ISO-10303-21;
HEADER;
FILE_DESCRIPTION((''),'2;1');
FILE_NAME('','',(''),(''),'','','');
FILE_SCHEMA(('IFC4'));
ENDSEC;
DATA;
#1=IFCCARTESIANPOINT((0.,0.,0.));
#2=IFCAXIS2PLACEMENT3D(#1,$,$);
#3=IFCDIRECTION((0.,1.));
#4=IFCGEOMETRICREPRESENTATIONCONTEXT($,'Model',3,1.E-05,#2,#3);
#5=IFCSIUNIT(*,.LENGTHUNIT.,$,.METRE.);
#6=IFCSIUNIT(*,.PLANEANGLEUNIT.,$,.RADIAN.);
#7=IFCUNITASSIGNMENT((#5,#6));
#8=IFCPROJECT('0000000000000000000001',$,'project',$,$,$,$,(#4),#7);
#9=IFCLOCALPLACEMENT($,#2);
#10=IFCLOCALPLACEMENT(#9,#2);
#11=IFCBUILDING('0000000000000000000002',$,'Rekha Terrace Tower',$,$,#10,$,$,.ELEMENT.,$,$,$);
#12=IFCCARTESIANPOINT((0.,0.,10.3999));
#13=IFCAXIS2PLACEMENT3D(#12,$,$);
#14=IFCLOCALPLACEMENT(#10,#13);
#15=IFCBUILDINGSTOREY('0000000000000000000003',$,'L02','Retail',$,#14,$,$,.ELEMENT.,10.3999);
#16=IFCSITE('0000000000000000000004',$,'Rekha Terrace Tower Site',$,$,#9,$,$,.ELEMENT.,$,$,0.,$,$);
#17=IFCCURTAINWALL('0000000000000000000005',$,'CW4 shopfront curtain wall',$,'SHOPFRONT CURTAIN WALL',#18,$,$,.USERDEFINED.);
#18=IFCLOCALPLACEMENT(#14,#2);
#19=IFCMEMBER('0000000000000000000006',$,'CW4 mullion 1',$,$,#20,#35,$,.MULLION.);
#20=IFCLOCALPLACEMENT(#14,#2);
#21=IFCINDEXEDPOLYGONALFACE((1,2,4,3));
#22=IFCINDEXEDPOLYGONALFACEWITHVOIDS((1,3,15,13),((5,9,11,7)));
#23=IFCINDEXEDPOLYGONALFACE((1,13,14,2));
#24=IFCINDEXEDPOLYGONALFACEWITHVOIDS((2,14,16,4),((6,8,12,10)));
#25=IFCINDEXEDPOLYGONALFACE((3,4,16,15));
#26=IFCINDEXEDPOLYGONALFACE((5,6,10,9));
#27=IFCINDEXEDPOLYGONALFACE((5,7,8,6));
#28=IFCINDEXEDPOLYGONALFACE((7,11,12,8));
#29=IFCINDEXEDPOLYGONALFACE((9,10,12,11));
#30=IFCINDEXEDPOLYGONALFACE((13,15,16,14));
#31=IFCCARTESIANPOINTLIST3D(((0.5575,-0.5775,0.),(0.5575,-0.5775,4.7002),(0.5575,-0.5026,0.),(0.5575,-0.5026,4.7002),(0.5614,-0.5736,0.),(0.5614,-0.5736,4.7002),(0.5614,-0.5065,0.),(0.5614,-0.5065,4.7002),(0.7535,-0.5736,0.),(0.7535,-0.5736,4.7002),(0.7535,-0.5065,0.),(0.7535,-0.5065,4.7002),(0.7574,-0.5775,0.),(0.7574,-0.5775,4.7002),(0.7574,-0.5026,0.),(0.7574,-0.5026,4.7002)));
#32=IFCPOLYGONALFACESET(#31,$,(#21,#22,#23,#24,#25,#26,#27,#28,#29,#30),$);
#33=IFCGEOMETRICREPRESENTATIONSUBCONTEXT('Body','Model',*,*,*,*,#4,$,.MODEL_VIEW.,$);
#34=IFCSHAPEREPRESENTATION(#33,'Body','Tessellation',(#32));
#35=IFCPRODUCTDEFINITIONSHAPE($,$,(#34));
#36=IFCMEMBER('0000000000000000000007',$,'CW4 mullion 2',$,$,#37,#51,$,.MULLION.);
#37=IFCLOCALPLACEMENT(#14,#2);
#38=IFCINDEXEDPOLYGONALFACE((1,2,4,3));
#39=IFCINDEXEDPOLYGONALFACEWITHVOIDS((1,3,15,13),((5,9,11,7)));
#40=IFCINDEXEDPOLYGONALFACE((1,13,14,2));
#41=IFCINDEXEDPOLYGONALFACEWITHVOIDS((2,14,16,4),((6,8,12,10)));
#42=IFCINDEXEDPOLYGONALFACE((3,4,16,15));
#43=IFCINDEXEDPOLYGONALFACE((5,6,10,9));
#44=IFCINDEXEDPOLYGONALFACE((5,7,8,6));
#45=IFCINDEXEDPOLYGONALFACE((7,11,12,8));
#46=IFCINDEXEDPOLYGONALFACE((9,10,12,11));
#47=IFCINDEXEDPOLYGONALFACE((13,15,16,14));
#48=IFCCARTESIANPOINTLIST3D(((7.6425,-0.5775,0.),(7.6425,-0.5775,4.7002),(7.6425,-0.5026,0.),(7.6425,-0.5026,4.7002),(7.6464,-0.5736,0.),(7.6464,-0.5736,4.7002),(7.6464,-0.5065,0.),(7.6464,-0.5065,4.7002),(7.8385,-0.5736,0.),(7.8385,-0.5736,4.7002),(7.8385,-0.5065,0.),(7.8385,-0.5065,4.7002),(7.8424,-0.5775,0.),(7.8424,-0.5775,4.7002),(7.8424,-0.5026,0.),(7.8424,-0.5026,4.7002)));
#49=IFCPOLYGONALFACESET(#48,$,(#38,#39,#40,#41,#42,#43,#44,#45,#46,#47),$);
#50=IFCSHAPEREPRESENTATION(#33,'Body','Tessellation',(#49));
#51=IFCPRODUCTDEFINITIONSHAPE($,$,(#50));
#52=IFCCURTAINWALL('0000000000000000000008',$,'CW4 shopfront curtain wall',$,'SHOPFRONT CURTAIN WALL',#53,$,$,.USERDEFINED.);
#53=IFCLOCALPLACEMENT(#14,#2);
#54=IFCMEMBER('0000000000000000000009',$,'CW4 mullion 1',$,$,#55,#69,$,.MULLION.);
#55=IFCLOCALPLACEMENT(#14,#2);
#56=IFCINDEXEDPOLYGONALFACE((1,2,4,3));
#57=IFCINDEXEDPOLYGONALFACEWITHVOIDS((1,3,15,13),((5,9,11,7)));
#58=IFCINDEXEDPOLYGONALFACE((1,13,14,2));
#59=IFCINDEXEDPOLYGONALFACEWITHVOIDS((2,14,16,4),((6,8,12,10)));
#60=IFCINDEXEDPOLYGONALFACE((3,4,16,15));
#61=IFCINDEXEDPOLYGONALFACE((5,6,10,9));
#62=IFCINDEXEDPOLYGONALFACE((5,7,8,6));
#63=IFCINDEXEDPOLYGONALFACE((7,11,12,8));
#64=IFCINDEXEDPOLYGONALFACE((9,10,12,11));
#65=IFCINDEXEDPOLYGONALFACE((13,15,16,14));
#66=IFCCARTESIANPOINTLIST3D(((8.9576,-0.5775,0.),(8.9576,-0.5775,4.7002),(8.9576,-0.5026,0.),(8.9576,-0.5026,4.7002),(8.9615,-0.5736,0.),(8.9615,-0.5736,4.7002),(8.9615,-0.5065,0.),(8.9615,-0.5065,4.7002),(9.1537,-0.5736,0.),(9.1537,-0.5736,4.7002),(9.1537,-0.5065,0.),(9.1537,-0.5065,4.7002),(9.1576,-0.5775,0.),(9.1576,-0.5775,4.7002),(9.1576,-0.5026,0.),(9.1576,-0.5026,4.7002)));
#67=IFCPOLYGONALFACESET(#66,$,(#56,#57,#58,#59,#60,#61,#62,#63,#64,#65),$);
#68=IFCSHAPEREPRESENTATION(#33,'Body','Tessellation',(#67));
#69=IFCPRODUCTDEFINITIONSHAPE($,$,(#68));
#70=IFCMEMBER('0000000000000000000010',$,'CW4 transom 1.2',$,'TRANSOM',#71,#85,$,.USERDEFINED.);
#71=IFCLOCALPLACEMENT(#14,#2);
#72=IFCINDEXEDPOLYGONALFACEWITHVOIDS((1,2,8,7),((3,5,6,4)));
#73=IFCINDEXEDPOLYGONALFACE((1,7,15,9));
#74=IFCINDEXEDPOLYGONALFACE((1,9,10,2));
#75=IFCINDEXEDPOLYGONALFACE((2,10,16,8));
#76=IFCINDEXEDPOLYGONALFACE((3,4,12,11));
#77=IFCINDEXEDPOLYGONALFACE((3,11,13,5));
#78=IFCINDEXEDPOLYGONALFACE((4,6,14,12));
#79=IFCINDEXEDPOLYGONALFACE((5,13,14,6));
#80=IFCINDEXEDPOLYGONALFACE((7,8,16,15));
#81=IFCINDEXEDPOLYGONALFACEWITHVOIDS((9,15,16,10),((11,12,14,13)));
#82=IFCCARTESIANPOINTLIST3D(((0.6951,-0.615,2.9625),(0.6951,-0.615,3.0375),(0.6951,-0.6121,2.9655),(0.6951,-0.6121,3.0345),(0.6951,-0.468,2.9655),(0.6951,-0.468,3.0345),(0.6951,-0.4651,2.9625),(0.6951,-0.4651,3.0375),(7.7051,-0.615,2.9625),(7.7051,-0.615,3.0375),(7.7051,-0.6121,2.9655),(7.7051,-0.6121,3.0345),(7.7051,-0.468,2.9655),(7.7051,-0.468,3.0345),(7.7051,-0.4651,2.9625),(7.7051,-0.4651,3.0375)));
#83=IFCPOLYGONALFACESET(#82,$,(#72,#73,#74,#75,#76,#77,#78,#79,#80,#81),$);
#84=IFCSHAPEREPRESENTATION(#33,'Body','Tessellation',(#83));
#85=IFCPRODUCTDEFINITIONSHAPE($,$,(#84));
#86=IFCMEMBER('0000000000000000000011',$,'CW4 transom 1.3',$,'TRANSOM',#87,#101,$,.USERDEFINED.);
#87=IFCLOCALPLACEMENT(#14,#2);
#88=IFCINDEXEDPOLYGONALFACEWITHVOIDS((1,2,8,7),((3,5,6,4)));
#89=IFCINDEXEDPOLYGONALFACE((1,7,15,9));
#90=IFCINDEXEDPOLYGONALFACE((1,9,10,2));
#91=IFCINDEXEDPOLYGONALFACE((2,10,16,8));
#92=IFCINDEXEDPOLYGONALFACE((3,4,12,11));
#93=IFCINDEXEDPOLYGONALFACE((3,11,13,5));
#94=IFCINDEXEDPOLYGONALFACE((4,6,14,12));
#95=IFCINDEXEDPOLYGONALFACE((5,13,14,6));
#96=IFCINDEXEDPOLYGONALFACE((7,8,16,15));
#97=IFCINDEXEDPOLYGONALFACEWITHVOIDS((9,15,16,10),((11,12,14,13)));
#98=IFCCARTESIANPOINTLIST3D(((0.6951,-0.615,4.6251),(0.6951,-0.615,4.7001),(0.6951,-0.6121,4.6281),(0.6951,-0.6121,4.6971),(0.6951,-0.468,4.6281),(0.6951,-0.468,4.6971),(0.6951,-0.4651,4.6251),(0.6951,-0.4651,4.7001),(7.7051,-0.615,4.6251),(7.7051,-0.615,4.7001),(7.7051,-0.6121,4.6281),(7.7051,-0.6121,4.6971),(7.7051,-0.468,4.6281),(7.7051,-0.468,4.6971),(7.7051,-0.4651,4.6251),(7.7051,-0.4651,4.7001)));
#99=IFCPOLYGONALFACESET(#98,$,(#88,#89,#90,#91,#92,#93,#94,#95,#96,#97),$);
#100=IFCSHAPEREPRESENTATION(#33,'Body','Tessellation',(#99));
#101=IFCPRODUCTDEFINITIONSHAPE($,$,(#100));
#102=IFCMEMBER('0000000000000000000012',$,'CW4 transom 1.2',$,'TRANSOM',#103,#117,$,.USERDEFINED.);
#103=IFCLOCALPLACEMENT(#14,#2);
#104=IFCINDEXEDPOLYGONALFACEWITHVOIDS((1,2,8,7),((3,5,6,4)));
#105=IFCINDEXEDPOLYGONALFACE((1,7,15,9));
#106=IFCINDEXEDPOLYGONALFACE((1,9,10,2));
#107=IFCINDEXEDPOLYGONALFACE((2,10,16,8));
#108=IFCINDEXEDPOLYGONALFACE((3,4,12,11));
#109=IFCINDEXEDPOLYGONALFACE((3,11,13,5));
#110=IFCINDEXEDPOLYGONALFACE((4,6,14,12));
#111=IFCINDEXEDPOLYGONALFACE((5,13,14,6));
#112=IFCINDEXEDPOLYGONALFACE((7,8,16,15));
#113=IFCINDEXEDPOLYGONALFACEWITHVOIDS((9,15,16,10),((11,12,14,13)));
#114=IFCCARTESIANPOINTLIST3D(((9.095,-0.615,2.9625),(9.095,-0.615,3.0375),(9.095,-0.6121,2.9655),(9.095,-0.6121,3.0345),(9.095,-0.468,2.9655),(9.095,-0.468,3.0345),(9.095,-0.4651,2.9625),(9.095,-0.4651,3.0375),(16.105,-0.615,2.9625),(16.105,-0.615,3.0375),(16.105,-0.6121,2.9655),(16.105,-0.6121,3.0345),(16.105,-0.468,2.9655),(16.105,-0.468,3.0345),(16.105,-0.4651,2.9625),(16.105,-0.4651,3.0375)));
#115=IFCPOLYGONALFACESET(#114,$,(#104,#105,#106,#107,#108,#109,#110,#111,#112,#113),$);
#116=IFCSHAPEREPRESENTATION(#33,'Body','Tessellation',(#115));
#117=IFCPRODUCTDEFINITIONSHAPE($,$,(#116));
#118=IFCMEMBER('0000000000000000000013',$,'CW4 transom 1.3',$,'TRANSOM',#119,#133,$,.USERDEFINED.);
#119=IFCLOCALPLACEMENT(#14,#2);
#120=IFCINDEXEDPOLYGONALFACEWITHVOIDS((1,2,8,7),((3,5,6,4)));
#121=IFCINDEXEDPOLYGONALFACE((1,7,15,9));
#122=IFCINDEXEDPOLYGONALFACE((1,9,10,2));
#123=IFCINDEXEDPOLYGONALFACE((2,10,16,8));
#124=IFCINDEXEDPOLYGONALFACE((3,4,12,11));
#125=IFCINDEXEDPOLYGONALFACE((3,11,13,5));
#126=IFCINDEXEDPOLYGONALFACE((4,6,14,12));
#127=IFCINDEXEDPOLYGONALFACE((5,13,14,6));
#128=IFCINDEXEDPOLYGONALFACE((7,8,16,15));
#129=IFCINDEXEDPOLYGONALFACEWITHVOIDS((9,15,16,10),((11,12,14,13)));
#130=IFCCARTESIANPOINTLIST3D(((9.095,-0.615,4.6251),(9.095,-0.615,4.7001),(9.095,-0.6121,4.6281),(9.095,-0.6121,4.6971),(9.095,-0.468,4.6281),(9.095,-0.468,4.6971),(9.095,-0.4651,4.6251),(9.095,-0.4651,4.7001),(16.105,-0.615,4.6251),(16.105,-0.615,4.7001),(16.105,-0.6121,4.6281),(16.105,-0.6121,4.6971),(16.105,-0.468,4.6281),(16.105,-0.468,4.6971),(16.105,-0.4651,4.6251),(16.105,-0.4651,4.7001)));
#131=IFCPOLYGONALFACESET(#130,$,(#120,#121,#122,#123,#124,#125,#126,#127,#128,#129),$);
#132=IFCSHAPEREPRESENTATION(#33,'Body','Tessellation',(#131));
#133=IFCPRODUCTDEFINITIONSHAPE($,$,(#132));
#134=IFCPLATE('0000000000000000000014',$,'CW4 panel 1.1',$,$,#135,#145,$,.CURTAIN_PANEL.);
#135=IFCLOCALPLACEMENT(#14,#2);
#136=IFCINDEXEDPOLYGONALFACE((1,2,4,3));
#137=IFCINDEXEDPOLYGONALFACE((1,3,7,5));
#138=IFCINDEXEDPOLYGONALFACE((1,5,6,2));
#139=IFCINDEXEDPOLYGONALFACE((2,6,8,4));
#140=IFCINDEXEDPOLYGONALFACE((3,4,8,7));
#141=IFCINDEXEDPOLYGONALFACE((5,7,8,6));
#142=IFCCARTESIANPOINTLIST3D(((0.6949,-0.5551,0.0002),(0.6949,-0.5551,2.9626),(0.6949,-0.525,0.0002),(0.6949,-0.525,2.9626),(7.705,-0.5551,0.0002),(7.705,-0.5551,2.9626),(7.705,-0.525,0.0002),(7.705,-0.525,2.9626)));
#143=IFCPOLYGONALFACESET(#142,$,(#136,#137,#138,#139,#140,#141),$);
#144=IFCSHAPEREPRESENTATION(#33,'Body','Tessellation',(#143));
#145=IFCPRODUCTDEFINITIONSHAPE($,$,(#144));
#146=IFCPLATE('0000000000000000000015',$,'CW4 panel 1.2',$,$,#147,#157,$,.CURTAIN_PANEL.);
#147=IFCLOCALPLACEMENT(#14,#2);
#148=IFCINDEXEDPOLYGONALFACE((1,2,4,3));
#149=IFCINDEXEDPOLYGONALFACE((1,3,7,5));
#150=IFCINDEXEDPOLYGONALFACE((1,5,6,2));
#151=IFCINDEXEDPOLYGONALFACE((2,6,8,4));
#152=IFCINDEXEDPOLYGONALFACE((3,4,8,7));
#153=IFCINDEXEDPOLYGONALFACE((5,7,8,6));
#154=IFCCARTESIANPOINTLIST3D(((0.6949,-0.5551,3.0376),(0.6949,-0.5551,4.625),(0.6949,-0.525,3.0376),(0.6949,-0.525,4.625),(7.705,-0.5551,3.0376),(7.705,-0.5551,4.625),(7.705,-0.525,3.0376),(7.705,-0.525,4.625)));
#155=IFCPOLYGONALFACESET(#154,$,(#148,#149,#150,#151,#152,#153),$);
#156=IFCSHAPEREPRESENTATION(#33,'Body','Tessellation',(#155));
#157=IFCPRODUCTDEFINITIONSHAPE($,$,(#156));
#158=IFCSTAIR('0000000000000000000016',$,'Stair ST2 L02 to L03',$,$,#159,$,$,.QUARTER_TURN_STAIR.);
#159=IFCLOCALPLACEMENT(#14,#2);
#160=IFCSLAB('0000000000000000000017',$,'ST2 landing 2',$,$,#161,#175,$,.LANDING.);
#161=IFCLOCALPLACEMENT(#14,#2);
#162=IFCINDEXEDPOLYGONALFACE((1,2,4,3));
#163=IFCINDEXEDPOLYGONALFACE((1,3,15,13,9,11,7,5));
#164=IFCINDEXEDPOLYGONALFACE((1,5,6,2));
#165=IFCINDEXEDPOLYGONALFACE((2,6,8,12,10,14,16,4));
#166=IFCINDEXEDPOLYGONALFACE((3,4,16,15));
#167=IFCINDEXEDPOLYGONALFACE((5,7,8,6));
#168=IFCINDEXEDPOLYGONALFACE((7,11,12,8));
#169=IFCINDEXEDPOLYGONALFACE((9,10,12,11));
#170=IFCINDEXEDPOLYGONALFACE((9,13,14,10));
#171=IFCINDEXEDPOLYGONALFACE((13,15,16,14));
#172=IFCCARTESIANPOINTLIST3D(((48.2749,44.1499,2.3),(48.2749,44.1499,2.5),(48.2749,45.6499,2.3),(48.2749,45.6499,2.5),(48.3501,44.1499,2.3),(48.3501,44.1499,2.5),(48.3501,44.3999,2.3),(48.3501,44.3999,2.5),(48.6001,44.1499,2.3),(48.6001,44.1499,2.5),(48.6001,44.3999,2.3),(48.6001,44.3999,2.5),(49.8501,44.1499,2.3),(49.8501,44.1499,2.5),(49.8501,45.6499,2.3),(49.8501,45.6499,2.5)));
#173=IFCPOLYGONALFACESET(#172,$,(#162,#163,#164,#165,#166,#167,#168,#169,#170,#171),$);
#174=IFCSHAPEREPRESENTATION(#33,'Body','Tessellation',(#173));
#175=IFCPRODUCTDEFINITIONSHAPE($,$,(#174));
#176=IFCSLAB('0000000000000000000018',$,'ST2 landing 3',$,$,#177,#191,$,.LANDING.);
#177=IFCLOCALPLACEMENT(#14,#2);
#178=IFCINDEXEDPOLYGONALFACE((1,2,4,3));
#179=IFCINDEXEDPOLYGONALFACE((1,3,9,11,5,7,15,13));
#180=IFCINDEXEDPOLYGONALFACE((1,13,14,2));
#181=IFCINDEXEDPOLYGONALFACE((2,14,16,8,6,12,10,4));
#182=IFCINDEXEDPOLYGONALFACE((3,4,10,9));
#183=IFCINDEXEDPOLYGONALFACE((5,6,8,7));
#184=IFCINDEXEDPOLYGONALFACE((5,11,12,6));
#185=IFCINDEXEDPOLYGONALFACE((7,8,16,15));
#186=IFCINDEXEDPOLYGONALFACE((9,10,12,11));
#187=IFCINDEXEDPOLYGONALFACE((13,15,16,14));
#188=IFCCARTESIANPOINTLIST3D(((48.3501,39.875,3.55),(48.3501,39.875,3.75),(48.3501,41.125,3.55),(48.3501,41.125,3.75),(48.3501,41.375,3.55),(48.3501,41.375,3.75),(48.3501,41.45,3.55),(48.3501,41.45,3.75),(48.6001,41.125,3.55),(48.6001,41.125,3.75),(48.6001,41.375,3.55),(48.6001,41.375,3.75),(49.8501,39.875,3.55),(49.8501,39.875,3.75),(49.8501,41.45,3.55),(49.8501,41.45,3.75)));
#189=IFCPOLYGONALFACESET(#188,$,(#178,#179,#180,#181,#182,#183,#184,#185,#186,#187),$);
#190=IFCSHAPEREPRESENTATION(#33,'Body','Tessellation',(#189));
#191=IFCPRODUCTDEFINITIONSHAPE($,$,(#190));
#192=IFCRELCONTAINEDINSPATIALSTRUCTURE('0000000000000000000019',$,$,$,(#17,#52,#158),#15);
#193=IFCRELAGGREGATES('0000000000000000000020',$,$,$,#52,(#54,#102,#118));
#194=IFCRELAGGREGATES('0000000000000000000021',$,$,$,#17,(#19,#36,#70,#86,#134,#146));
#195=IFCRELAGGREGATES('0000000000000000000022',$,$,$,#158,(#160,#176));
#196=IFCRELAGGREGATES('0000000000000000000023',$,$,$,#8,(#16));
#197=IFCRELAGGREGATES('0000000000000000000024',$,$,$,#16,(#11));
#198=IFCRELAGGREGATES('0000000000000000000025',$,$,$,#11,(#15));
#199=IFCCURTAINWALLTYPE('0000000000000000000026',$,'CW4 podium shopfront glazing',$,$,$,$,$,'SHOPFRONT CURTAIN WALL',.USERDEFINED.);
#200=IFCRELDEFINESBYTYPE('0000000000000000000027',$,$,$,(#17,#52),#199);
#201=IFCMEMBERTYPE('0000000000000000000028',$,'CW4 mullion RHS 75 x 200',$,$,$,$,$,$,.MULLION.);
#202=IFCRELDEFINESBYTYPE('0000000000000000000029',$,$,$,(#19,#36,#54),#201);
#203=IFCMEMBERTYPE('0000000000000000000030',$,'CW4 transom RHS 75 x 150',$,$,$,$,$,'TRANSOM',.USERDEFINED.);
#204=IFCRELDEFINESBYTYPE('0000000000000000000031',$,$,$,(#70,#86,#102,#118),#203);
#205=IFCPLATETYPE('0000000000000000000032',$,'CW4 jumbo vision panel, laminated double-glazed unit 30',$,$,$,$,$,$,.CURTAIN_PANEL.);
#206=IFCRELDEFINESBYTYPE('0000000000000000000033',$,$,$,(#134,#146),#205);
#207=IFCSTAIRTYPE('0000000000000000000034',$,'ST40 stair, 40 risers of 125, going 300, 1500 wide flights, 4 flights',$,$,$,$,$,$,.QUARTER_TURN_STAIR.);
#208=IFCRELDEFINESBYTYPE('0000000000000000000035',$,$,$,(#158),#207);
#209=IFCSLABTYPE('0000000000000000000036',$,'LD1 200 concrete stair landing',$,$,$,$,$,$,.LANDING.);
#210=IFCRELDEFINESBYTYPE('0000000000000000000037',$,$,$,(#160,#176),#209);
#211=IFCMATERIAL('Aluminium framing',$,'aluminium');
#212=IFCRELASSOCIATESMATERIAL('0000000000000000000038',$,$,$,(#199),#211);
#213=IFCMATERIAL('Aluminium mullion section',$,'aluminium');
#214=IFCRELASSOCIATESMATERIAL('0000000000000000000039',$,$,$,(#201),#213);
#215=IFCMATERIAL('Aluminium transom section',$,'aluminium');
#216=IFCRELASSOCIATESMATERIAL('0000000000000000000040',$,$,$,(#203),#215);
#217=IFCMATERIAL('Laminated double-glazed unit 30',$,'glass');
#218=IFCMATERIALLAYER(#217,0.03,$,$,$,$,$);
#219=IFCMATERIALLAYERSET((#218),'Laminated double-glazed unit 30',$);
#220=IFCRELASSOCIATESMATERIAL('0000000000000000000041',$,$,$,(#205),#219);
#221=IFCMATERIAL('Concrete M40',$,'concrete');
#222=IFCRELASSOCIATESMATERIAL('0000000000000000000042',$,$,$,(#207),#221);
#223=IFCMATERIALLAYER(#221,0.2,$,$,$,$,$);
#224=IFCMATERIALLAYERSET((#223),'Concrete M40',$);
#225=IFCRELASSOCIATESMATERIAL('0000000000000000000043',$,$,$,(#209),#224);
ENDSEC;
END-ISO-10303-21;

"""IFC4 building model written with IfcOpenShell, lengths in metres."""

from ifc_helpers import new_model, si_unit, direction, frame, origin, origin_2d, place, context, subcontext, project, spatial, polyline, rectangle, hollow_rectangle, outline, extrude, material, layer, layer_set, material_profile, profile_set, type_object, element, aggregate, save


model = new_model("IFC4")

# Units and contexts
model_context = context("Model", 3, precision=1e-05, world=origin(), true_north=direction((0.0, 1.0)))
body_context = subcontext(model_context, "Body", "Model", "MODEL_VIEW")
ifc_project = project(units=[si_unit("LENGTHUNIT", "METRE"), si_unit("PLANEANGLEUNIT", "RADIAN")], contexts=[model_context])

# Site, building, storey
site_placement = place(None, origin())
site = spatial("IfcSite", under=ifc_project, at=site_placement, Name="Rekha Terrace Tower Site", CompositionType="ELEMENT", RefElevation=0.0)
building_placement = place(site_placement, origin())
building = spatial("IfcBuilding", under=site, at=building_placement, Name="Rekha Terrace Tower", CompositionType="ELEMENT")
storey_placement = place(building_placement, frame((0.0, 0.0, 10.3999)))
storey = spatial("IfcBuildingStorey", under=building, at=storey_placement, Name="L02", Description="Retail", CompositionType="ELEMENT", Elevation=10.3999)

# Curtain wall, members
ifc_material_1 = material(Name="Aluminium framing", Category="aluminium")
curtain_wall_type = type_object("IfcCurtainWallType", Name="CW4 podium shopfront glazing", ElementType="SHOPFRONT CURTAIN WALL", PredefinedType="USERDEFINED", material=ifc_material_1)
curtain_wall_1_placement = place(storey_placement, origin())
curtain_wall_1 = element("IfcCurtainWall", 1, at=curtain_wall_1_placement, inside=storey, type_object=curtain_wall_type, Name="CW4 shopfront curtain wall", ObjectType="SHOPFRONT CURTAIN WALL", PredefinedType="USERDEFINED")
ifc_material_2 = material(Name="Aluminium mullion section", Category="aluminium")
ifc_material_profile_1 = material_profile(ifc_material_2, hollow_rectangle(XDim=0.075, YDim=0.2, WallThickness=0.0039, at=origin_2d()), Name="AL RHS 75x200")
ifc_profile_set_1 = profile_set([ifc_material_profile_1], Name="Aluminium mullion section")
member_type_1 = type_object("IfcMemberType", Name="CW4 mullion RHS 75 x 200", PredefinedType="MULLION", material=ifc_profile_set_1)
member_1_placement = place(storey_placement, frame((0.6575, -0.54, 0.0), z_axis=(0.0, 0.0, 1.0), x_axis=(0.0, 1.0, 0.0)))
member_1 = element("IfcMember", 2, at=member_1_placement, type_object=member_type_1, Name="CW4 mullion 1", PredefinedType="MULLION", context=body_context, shape_type="SweptSolid", body=[
    extrude(hollow_rectangle(XDim=0.075, YDim=0.2, WallThickness=0.0039, at=origin_2d()), origin(), (0.0, 0.0, 1.0), 4.7002),
])
member_2_placement = place(storey_placement, frame((7.7424, -0.54, 0.0), z_axis=(0.0, 0.0, 1.0), x_axis=(0.0, 1.0, 0.0)))
member_2 = element("IfcMember", 3, at=member_2_placement, type_object=member_type_1, Name="CW4 mullion 2", PredefinedType="MULLION", context=body_context, shape_type="SweptSolid", body=[
    extrude(hollow_rectangle(XDim=0.075, YDim=0.2, WallThickness=0.0039, at=origin_2d()), origin(), (0.0, 0.0, 1.0), 4.7002),
])

# Curtain wall, member
curtain_wall_2_placement = place(storey_placement, origin())
curtain_wall_2 = element("IfcCurtainWall", 4, at=curtain_wall_2_placement, inside=storey, type_object=curtain_wall_type, Name="CW4 shopfront curtain wall", ObjectType="SHOPFRONT CURTAIN WALL", PredefinedType="USERDEFINED")
member_3_placement = place(storey_placement, frame((9.0576, -0.54, 0.0), z_axis=(0.0, 0.0, 1.0), x_axis=(0.0, 1.0, 0.0)))
member_3 = element("IfcMember", 5, at=member_3_placement, type_object=member_type_1, Name="CW4 mullion 1", PredefinedType="MULLION", context=body_context, shape_type="SweptSolid", body=[
    extrude(hollow_rectangle(XDim=0.075, YDim=0.2, WallThickness=0.0039, at=origin_2d()), origin(), (0.0, 0.0, 1.0), 4.7002),
])

# Members
ifc_material_3 = material(Name="Aluminium transom section", Category="aluminium")
ifc_material_profile_2 = material_profile(ifc_material_3, hollow_rectangle(XDim=0.1499, YDim=0.075, WallThickness=0.0029, at=origin_2d()), Name="AL RHS 150x75")
ifc_profile_set_2 = profile_set([ifc_material_profile_2], Name="Aluminium transom section")
member_type_2 = type_object("IfcMemberType", Name="CW4 transom RHS 75 x 150", ElementType="TRANSOM", PredefinedType="USERDEFINED", material=ifc_profile_set_2)
member_4_placement = place(storey_placement, frame((0.6951, -0.54, 3.0), z_axis=(1.0, 0.0, 0.0), x_axis=(0.0, 1.0, 0.0)))
member_4 = element("IfcMember", 6, at=member_4_placement, type_object=member_type_2, Name="CW4 transom 1.2", ObjectType="TRANSOM", PredefinedType="USERDEFINED", context=body_context, shape_type="SweptSolid", body=[
    extrude(hollow_rectangle(XDim=0.1499, YDim=0.075, WallThickness=0.0029, at=origin_2d()), origin(), (0.0, 0.0, 1.0), 7.01),
])
member_5_placement = place(storey_placement, frame((0.6951, -0.54, 4.6626), z_axis=(1.0, 0.0, 0.0), x_axis=(0.0, 1.0, 0.0)))
member_5 = element("IfcMember", 7, at=member_5_placement, type_object=member_type_2, Name="CW4 transom 1.3", ObjectType="TRANSOM", PredefinedType="USERDEFINED", context=body_context, shape_type="SweptSolid", body=[
    extrude(hollow_rectangle(XDim=0.1499, YDim=0.075, WallThickness=0.0029, at=origin_2d()), origin(), (0.0, 0.0, 1.0), 7.01),
])
member_6_placement = place(storey_placement, frame((9.095, -0.54, 3.0), z_axis=(1.0, 0.0, 0.0), x_axis=(0.0, 1.0, 0.0)))
member_6 = element("IfcMember", 8, at=member_6_placement, type_object=member_type_2, Name="CW4 transom 1.2", ObjectType="TRANSOM", PredefinedType="USERDEFINED", context=body_context, shape_type="SweptSolid", body=[
    extrude(hollow_rectangle(XDim=0.1499, YDim=0.075, WallThickness=0.0029, at=origin_2d()), origin(), (0.0, 0.0, 1.0), 7.01),
])
member_7_placement = place(storey_placement, frame((9.095, -0.54, 4.6626), z_axis=(1.0, 0.0, 0.0), x_axis=(0.0, 1.0, 0.0)))
member_7 = element("IfcMember", 9, at=member_7_placement, type_object=member_type_2, Name="CW4 transom 1.3", ObjectType="TRANSOM", PredefinedType="USERDEFINED", context=body_context, shape_type="SweptSolid", body=[
    extrude(hollow_rectangle(XDim=0.1499, YDim=0.075, WallThickness=0.0029, at=origin_2d()), origin(), (0.0, 0.0, 1.0), 7.01),
])
aggregate(curtain_wall_2, [member_3, member_6, member_7])

# Plates
ifc_material_4 = material(Name="Laminated double-glazed unit 30", Category="glass")
ifc_layer_1 = layer(ifc_material_4, 0.03)
ifc_layer_set_1 = layer_set([ifc_layer_1], Name="Laminated double-glazed unit 30")
plate_type = type_object("IfcPlateType", Name="CW4 jumbo vision panel, laminated double-glazed unit 30", PredefinedType="CURTAIN_PANEL", material=ifc_layer_set_1)
plate_1_placement = place(storey_placement, frame((4.2, -0.54, 0.0002), z_axis=(0.0, 0.0, 1.0), x_axis=(1.0, 0.0, 0.0)))
plate_1 = element("IfcPlate", 10, at=plate_1_placement, type_object=plate_type, Name="CW4 panel 1.1", PredefinedType="CURTAIN_PANEL", context=body_context, shape_type="SweptSolid", body=[
    extrude(rectangle(XDim=7.01, YDim=0.03, at=origin_2d()), origin(), (0.0, 0.0, 1.0), 2.9624),
])
plate_2_placement = place(storey_placement, frame((4.2, -0.54, 3.0376), z_axis=(0.0, 0.0, 1.0), x_axis=(1.0, 0.0, 0.0)))
plate_2 = element("IfcPlate", 11, at=plate_2_placement, type_object=plate_type, Name="CW4 panel 1.2", PredefinedType="CURTAIN_PANEL", context=body_context, shape_type="SweptSolid", body=[
    extrude(rectangle(XDim=7.01, YDim=0.03, at=origin_2d()), origin(), (0.0, 0.0, 1.0), 1.5874),
])
aggregate(curtain_wall_1, [member_1, member_2, member_4, member_5, plate_1, plate_2])

# Stair, slabs
ifc_material_5 = material(Name="Concrete M40", Category="concrete")
stair_type = type_object("IfcStairType", Name="ST40 stair, 40 risers of 125, going 300, 1500 wide flights, 4 flights", PredefinedType="QUARTER_TURN_STAIR", material=ifc_material_5)
stair_1_placement = place(storey_placement, origin())
stair_1 = element("IfcStair", 12, at=stair_1_placement, inside=storey, type_object=stair_type, Name="Stair ST2 L02 to L03", PredefinedType="QUARTER_TURN_STAIR")
ifc_layer_2 = layer(ifc_material_5, 0.2)
ifc_layer_set_2 = layer_set([ifc_layer_2], Name="Concrete M40")
slab_type = type_object("IfcSlabType", Name="LD1 200 concrete stair landing", PredefinedType="LANDING", material=ifc_layer_set_2)
slab_1_placement = place(storey_placement, frame((0.0, 0.0, 2.3)))
slab_1 = element("IfcSlab", 13, at=slab_1_placement, type_object=slab_type, Name="ST2 landing 2", PredefinedType="LANDING", context=body_context, shape_type="SweptSolid", body=[
    extrude(outline(polyline([(49.8501, 44.1499), (49.8501, 45.6499), (48.2749, 45.6499), (48.2749, 44.1499), (48.3501, 44.1499), (48.3501, 44.3999), (48.6001, 44.3999), (48.6001, 44.1499), (49.8501, 44.1499)])), origin(), (0.0, 0.0, 1.0), 0.2),
])
slab_2_placement = place(storey_placement, frame((0.0, 0.0, 3.55)))
slab_2 = element("IfcSlab", 14, at=slab_2_placement, type_object=slab_type, Name="ST2 landing 3", PredefinedType="LANDING", context=body_context, shape_type="SweptSolid", body=[
    extrude(outline(polyline([(48.3501, 39.875), (49.8501, 39.875), (49.8501, 41.45), (48.3501, 41.45), (48.3501, 41.375), (48.6001, 41.375), (48.6001, 41.125), (48.3501, 41.125), (48.3501, 39.875)])), origin(), (0.0, 0.0, 1.0), 0.2),
])
aggregate(stair_1, [slab_1, slab_2])

save(model, "model.ifc")
